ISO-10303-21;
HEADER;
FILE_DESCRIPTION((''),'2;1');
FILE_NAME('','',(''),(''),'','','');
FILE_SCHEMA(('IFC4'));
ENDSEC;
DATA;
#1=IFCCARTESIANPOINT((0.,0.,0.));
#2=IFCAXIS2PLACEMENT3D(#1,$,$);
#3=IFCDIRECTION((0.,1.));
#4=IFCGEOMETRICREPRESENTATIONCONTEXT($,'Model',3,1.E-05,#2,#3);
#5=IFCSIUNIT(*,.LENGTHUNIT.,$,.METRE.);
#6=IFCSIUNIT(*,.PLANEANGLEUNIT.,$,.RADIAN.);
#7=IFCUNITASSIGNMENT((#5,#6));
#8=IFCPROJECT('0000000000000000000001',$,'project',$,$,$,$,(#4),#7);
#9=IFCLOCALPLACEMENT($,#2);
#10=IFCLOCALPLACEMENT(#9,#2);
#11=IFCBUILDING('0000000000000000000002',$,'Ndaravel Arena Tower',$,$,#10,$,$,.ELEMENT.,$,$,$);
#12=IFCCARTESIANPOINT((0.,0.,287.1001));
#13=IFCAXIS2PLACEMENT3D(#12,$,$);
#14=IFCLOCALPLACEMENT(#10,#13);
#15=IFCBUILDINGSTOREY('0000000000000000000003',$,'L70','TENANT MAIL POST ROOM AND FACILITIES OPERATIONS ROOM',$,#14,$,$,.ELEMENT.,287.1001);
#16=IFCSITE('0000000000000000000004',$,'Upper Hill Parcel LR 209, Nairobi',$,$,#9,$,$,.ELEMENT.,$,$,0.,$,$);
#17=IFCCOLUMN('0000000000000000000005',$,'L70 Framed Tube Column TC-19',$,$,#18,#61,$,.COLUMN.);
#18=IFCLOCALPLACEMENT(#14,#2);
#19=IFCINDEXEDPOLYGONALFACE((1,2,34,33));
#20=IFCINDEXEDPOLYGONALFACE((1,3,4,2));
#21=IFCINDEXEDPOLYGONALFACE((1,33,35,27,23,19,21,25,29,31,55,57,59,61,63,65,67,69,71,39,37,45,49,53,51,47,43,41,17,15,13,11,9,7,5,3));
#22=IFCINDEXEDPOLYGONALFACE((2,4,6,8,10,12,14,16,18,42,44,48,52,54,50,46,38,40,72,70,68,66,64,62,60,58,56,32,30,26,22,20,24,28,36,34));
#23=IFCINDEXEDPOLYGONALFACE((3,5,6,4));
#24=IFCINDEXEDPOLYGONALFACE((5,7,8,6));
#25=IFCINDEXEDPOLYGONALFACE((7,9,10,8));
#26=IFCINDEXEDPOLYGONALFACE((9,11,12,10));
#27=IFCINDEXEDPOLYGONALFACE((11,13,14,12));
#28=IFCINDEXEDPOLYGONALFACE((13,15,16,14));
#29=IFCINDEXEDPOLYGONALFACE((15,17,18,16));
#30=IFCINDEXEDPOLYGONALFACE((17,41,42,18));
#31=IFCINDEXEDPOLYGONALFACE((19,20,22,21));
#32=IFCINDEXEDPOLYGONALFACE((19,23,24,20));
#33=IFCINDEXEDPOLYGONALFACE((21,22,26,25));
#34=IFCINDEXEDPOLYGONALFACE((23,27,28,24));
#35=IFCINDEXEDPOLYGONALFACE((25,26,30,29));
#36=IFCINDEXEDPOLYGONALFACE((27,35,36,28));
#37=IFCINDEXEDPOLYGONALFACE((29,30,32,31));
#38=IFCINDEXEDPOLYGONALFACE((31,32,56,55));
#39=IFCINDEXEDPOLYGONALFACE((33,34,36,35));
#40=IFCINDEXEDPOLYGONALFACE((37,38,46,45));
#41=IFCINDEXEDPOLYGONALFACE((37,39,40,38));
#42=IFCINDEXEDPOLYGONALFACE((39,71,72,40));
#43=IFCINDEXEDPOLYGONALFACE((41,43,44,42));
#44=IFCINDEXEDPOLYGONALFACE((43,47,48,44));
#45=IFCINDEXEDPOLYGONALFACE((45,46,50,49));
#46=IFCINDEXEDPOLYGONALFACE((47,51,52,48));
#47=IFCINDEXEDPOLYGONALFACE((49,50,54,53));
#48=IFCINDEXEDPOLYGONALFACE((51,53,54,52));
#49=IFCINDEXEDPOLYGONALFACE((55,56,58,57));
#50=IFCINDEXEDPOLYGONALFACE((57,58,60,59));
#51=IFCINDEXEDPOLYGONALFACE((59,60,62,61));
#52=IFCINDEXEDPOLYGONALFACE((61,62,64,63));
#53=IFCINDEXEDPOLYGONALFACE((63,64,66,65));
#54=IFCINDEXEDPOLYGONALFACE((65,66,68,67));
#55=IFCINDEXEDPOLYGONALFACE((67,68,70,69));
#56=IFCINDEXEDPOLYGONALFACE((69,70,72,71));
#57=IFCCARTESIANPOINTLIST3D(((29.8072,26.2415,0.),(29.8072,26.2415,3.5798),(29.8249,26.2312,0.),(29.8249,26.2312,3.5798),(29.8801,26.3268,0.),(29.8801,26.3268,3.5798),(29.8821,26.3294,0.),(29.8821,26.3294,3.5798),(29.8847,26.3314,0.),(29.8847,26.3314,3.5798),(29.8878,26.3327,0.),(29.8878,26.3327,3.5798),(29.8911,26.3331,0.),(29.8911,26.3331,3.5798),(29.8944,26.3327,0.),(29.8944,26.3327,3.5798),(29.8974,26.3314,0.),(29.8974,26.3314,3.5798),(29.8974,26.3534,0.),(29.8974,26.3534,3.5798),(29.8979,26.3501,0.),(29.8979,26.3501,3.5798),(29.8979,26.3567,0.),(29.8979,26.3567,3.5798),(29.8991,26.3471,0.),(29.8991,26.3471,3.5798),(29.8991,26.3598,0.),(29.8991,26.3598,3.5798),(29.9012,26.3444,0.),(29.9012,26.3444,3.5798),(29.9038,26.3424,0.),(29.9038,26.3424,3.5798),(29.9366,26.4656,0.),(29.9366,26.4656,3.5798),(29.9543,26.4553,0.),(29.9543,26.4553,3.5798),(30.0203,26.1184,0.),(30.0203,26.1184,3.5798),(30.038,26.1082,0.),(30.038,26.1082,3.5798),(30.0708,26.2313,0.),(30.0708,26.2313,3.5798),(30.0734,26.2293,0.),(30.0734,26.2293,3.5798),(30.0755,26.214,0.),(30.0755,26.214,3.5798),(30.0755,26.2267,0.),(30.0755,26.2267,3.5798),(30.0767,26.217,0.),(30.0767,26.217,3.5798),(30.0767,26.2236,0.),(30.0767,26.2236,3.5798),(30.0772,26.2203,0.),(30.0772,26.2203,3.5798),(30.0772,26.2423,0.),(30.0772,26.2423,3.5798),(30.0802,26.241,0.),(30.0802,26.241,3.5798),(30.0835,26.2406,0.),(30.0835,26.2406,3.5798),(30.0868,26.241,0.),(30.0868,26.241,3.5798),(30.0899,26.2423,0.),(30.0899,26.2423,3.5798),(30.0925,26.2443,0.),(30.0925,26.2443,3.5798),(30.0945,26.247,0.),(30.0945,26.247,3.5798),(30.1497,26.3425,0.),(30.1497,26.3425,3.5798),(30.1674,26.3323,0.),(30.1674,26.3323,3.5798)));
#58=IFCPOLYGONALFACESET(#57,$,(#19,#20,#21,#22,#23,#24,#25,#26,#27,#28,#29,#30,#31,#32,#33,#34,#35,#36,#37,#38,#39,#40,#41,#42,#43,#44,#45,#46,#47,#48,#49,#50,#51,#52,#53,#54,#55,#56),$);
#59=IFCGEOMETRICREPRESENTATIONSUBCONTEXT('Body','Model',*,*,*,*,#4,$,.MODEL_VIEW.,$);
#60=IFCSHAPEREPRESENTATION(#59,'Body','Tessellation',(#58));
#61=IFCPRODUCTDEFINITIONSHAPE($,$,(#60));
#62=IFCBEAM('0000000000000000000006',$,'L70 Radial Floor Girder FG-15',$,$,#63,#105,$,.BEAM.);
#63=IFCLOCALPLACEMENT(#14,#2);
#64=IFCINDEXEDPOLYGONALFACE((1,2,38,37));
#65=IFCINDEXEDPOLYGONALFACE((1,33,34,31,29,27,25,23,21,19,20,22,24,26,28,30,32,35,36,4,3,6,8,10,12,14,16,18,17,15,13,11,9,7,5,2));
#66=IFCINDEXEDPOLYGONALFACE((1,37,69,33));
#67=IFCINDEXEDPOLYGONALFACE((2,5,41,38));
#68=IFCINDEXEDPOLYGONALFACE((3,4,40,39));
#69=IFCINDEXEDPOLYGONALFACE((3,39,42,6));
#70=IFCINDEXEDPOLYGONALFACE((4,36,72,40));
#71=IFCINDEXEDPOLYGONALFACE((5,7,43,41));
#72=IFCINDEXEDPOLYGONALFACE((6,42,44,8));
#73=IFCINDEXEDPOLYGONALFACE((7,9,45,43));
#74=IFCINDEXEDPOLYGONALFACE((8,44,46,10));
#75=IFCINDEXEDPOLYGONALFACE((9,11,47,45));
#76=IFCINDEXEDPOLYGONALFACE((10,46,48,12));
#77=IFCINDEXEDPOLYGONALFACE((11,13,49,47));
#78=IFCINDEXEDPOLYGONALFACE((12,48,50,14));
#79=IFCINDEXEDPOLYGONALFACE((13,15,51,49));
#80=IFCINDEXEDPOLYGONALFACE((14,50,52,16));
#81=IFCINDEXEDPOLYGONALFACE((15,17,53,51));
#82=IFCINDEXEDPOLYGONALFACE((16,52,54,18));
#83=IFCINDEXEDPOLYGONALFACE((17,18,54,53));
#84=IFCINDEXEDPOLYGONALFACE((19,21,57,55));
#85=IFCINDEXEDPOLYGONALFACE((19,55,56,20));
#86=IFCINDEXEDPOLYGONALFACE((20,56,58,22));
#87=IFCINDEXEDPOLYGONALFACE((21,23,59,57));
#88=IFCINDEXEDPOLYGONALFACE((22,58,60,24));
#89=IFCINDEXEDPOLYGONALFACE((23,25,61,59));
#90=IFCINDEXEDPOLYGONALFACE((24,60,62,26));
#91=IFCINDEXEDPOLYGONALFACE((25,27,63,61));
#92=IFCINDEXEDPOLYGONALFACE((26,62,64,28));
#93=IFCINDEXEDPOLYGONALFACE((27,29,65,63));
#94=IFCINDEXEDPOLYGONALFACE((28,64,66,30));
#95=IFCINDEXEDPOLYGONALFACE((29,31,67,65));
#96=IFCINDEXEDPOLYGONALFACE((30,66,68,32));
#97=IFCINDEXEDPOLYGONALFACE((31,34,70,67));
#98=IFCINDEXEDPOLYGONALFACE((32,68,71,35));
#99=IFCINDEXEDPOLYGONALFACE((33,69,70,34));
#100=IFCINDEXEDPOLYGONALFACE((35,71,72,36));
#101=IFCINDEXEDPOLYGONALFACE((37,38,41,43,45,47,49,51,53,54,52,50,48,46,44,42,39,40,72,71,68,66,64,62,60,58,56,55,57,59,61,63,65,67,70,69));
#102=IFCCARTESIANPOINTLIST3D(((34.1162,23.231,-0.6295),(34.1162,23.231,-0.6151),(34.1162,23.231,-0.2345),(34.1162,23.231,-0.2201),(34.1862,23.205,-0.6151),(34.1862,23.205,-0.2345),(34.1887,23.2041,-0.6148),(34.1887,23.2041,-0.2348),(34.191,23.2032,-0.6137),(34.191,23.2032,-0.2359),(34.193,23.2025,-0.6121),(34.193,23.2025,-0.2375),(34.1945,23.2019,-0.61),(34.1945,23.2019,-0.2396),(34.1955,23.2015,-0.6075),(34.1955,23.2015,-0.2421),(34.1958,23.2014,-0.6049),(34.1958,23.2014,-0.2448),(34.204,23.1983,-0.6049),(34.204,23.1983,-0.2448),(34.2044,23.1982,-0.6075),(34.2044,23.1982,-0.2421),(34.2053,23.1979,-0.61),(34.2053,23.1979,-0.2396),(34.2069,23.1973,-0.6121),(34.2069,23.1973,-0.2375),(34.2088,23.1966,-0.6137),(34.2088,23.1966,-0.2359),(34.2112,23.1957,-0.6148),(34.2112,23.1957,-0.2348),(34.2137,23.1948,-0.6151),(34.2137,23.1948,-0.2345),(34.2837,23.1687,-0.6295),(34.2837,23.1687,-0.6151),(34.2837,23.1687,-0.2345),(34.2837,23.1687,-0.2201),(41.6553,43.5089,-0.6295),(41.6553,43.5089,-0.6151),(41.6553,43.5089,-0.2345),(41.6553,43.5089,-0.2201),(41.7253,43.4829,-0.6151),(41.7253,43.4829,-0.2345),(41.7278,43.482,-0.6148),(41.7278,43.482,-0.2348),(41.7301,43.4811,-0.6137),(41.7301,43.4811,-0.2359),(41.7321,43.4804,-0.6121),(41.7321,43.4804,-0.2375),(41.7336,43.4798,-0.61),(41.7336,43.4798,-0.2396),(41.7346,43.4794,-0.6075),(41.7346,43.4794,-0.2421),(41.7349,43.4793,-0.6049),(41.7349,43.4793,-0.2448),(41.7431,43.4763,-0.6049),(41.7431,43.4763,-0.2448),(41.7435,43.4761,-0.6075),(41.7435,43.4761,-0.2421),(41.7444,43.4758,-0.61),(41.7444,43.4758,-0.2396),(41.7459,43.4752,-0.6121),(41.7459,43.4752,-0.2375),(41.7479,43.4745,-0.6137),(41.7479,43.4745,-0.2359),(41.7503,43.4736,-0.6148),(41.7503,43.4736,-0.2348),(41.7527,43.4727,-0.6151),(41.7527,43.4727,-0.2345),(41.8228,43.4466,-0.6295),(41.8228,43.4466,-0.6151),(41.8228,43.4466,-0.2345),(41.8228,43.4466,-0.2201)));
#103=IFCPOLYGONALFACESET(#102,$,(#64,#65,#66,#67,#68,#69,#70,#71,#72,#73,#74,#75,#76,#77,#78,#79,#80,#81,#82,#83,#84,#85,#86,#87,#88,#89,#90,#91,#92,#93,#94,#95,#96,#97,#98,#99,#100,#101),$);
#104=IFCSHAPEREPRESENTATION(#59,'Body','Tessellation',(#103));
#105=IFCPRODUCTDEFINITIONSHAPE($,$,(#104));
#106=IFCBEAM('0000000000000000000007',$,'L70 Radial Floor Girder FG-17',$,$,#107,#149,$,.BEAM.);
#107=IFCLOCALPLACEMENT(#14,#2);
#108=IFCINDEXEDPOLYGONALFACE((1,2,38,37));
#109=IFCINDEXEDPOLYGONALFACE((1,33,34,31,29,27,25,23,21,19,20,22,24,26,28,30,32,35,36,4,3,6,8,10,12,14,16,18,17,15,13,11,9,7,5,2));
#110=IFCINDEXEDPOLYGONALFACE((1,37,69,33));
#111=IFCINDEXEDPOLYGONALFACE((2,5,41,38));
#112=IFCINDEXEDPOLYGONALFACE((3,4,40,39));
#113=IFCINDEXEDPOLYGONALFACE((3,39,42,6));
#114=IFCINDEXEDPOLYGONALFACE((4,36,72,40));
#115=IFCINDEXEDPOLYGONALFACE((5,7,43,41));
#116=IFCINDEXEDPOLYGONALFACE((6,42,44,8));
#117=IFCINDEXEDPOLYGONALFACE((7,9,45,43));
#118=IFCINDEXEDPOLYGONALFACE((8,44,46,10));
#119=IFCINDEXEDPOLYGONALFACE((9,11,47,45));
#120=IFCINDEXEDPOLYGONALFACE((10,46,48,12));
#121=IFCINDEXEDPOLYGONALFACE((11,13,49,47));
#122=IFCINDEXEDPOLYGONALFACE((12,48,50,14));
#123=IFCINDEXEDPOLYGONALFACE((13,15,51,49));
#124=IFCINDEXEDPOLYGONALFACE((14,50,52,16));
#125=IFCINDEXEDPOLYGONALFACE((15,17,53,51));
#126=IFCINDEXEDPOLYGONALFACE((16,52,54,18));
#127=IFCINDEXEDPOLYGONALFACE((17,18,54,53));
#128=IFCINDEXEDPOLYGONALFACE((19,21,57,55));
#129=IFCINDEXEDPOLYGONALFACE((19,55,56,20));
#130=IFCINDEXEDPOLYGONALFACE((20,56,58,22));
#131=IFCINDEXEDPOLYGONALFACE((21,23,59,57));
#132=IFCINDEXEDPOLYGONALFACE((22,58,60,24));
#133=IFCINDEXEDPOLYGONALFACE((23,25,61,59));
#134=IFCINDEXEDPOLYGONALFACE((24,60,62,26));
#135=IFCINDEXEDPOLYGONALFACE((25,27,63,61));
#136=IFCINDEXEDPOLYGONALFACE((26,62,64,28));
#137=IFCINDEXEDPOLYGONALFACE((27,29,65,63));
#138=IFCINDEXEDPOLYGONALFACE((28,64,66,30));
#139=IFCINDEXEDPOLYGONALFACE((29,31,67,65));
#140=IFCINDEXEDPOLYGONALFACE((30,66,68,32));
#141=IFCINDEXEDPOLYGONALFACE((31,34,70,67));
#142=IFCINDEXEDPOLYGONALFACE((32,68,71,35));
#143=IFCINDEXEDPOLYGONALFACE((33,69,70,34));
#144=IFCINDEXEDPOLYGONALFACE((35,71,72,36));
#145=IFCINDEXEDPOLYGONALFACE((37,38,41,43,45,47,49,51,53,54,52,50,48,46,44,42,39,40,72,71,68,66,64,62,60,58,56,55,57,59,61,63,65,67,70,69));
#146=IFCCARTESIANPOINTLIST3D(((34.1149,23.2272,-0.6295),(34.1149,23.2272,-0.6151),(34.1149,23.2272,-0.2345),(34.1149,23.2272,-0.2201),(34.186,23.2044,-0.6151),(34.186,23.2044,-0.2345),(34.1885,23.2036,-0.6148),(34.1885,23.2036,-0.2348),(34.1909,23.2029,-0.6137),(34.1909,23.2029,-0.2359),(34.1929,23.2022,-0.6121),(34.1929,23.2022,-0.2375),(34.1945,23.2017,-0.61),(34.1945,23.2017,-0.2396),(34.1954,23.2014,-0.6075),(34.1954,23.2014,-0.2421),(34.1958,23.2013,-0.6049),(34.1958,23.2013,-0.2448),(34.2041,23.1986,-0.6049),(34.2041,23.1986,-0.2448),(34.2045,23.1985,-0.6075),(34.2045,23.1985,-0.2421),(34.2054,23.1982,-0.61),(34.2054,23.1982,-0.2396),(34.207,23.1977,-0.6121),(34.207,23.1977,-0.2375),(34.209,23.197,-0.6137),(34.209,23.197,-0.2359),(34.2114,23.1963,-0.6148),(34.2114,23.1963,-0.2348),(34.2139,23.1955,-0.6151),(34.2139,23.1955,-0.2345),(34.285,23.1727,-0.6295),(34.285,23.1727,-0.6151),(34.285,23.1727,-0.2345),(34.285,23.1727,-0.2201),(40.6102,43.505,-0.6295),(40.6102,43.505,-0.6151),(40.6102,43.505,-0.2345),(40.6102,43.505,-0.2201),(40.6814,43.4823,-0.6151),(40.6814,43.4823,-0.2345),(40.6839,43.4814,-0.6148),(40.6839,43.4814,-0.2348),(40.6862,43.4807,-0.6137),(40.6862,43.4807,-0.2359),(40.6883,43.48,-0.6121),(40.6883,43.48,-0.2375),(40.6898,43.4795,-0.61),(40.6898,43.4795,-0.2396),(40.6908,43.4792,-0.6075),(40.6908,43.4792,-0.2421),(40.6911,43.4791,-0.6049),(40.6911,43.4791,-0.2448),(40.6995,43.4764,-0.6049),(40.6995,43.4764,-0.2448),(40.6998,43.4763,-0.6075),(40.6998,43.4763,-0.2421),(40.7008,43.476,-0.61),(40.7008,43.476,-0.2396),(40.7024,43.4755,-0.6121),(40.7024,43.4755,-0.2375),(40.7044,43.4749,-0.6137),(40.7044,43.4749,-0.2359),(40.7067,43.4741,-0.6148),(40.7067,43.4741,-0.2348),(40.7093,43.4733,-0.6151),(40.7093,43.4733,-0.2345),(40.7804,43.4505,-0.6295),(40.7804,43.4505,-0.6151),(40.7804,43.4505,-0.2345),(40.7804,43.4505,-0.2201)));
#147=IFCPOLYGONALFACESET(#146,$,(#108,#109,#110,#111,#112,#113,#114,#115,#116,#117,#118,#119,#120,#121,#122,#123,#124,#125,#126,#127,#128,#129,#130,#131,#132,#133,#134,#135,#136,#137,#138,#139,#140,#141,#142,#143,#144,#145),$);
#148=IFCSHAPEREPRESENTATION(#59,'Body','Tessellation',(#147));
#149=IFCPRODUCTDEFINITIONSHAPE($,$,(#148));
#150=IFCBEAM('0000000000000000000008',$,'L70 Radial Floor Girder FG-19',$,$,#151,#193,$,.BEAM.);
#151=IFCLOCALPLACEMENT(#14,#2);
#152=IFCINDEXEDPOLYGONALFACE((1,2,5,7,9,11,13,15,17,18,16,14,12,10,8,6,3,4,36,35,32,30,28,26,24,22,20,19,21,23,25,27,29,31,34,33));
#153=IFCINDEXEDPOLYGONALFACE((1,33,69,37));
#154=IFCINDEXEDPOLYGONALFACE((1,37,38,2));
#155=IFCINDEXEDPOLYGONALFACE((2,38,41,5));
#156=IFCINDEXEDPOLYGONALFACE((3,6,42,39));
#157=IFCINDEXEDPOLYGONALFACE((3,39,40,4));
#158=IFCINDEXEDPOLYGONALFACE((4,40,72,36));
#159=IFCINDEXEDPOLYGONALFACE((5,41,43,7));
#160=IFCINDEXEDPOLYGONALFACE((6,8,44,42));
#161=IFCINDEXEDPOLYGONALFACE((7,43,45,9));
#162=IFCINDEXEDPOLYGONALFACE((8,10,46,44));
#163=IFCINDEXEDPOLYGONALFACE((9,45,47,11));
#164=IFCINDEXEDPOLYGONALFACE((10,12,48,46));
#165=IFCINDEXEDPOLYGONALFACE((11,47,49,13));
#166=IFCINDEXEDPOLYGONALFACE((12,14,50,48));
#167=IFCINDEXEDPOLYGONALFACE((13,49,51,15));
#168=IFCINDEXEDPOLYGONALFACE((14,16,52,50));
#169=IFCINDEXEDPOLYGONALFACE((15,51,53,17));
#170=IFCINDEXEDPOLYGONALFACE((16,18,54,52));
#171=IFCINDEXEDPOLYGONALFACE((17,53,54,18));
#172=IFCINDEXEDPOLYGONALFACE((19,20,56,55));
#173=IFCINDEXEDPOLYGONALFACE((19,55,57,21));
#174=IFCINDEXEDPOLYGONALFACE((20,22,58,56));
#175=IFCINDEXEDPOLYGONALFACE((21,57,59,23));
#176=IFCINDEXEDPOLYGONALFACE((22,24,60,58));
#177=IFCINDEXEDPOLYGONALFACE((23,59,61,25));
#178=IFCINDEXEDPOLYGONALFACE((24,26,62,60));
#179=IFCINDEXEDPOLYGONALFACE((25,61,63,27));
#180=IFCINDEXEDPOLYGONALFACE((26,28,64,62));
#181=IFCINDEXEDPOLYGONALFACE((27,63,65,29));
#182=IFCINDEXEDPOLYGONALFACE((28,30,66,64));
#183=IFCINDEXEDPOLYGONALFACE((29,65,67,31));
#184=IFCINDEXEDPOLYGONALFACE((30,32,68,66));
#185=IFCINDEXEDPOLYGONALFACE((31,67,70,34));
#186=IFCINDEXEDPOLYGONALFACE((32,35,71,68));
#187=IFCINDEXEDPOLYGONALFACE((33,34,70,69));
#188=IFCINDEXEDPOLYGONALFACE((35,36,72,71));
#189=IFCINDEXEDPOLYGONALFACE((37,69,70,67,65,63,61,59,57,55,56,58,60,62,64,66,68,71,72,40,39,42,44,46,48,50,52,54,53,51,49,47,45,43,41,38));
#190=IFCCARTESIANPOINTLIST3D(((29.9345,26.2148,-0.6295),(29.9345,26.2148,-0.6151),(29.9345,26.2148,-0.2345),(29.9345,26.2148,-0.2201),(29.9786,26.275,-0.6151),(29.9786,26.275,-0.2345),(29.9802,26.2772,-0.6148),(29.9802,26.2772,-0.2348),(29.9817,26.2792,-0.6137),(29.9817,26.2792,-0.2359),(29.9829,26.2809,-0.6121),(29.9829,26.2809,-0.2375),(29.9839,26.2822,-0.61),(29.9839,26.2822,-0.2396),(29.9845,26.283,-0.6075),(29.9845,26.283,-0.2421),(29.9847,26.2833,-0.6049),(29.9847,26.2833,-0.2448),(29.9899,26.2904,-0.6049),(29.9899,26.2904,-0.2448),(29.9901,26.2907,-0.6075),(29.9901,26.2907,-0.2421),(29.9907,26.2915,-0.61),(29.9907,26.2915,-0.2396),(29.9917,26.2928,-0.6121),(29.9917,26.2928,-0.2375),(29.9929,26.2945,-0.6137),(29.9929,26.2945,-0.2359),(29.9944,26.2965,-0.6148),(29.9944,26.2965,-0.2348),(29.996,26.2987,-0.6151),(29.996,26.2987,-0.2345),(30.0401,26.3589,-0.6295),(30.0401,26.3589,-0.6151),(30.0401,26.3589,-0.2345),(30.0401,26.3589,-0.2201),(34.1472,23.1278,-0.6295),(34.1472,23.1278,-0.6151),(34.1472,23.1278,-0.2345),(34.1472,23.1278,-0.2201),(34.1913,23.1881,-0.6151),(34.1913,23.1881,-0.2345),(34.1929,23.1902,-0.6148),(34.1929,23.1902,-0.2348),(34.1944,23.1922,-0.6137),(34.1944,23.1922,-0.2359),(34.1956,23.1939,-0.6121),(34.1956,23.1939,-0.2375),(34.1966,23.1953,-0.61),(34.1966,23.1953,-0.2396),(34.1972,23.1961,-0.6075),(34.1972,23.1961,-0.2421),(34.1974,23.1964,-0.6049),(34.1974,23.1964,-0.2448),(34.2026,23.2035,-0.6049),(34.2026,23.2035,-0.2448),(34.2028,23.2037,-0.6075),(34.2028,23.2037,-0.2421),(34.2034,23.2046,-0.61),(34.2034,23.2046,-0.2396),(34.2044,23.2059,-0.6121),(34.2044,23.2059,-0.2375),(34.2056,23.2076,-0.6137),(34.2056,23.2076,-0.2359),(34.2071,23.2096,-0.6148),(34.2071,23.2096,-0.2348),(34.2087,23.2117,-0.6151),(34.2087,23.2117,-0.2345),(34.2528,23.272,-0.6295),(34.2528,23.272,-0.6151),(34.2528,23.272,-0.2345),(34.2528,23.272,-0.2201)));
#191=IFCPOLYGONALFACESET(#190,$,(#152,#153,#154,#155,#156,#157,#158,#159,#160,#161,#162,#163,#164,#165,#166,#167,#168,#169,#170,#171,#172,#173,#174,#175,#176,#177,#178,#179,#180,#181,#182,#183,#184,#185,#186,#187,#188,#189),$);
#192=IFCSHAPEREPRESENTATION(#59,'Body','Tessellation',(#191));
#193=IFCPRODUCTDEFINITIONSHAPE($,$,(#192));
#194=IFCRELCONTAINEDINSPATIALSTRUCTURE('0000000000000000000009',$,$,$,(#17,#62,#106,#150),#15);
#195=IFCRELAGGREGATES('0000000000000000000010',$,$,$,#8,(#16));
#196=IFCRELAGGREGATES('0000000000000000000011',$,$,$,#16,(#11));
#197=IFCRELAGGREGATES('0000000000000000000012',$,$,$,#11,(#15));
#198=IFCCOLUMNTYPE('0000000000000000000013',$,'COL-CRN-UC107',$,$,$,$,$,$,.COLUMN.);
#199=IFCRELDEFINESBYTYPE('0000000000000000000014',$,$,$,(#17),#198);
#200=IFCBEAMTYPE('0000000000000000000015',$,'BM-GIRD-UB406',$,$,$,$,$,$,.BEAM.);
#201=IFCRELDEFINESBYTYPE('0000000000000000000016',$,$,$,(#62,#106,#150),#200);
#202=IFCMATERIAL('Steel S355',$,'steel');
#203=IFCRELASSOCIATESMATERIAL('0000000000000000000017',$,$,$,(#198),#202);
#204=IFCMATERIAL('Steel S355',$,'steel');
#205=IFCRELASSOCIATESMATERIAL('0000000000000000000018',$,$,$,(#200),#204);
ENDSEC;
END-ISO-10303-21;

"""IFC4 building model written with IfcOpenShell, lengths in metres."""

from ifc_helpers import new_model, si_unit, direction, frame, origin, origin_2d, place, context, subcontext, project, spatial, i_section, extrude, material, material_profile, profile_set, type_object, element, save


model = new_model("IFC4")

# Units and contexts
model_context = context("Model", 3, precision=1e-05, world=origin(), true_north=direction((0.0, 1.0)))
body_context = subcontext(model_context, "Body", "Model", "MODEL_VIEW")
ifc_project = project(units=[si_unit("LENGTHUNIT", "METRE"), si_unit("PLANEANGLEUNIT", "RADIAN")], contexts=[model_context])

# Site, building, storey
site_placement = place(None, origin())
site = spatial("IfcSite", under=ifc_project, at=site_placement, Name="Upper Hill Parcel LR 209, Nairobi", CompositionType="ELEMENT", RefElevation=0.0)
building_placement = place(site_placement, origin())
building = spatial("IfcBuilding", under=site, at=building_placement, Name="Ndaravel Arena Tower", CompositionType="ELEMENT")
storey_placement = place(building_placement, frame((0.0, 0.0, 287.1001)))
storey = spatial("IfcBuildingStorey", under=building, at=storey_placement, Name="L70", Description="TENANT MAIL POST ROOM AND FACILITIES OPERATIONS ROOM", CompositionType="ELEMENT", Elevation=287.1001)

# Column
ifc_material_1 = material(Name="Steel S355", Category="steel")
ifc_material_profile_1 = material_profile(ifc_material_1, i_section(OverallWidth=0.2588, OverallDepth=0.2666, WebThickness=0.0127, FlangeThickness=0.0205, FilletRadius=0.0127, at=origin_2d()), Name="UC 254x254x107")
ifc_profile_set_1 = profile_set([ifc_material_profile_1], Name="Steel S355")
column_type = type_object("IfcColumnType", Name="COL-CRN-UC107", PredefinedType="COLUMN", material=ifc_profile_set_1)
for number, where, z_axis, x_axis, name in (
    (1, (29.9873, 26.2869, 0.0), (0.0, 0.0, 1.0), (0.5, 0.866025, 0.0), "L70 Framed Tube Column TC-19"),
):
    element("IfcColumn", number, at=place(storey_placement, frame(where, z_axis=z_axis, x_axis=x_axis)), inside=storey, type_object=column_type, Name=name, PredefinedType="COLUMN", context=body_context, shape_type="SweptSolid", body=[
        extrude(i_section(OverallWidth=0.2588, OverallDepth=0.2666, WebThickness=0.0127, FlangeThickness=0.0205, FilletRadius=0.0127, at=origin_2d()), origin(), (0.0, 0.0, 1.0), 3.5798),
    ])

# Beams
ifc_material_2 = material(Name="Steel S355", Category="steel")
ifc_material_profile_2 = material_profile(ifc_material_2, i_section(OverallWidth=0.1787, OverallDepth=0.4094, WebThickness=0.0088, FlangeThickness=0.0144, FilletRadius=0.0103, at=origin_2d()), Name="UB 406x178x67")
ifc_profile_set_2 = profile_set([ifc_material_profile_2], Name="Steel S355")
beam_type_1 = type_object("IfcBeamType", Name="BM-GIRD-UB406", PredefinedType="BEAM", material=ifc_profile_set_2)
beam_1_placement = place(storey_placement, frame((41.739, 43.4778, -0.4248), z_axis=(-0.348483, -0.937315, 0.0), x_axis=(0.937315, -0.348483, 0.0)))
element("IfcBeam", 2, at=beam_1_placement, inside=storey, type_object=beam_type_1, Name="L70 Radial Floor Girder FG-15", PredefinedType="BEAM", context=body_context, shape_type="SweptSolid", body=[
    extrude(i_section(OverallWidth=0.1787, OverallDepth=0.4094, WebThickness=0.0088, FlangeThickness=0.0144, FilletRadius=0.0103, at=origin_2d()), origin(), (0.0, 0.0, 1.0), 21.634),
])
beam_2_placement = place(storey_placement, frame((40.6953, 43.4778, -0.4248), z_axis=(-0.305051, -0.952336, 0.0), x_axis=(0.952336, -0.305051, 0.0)))
element("IfcBeam", 3, at=beam_2_placement, inside=storey, type_object=beam_type_1, Name="L70 Radial Floor Girder FG-17", PredefinedType="BEAM", context=body_context, shape_type="SweptSolid", body=[
    extrude(i_section(OverallWidth=0.1787, OverallDepth=0.4094, WebThickness=0.0088, FlangeThickness=0.0144, FilletRadius=0.0103, at=origin_2d()), origin(), (0.0, 0.0, 1.0), 21.2927),
])
beam_3_placement = place(storey_placement, frame((29.9873, 26.2869, -0.4248), z_axis=(0.80662, -0.59107, 0.0), x_axis=(0.59107, 0.80662, 0.0)))
element("IfcBeam", 4, at=beam_3_placement, inside=storey, type_object=beam_type_1, Name="L70 Radial Floor Girder FG-19", PredefinedType="BEAM", context=body_context, shape_type="SweptSolid", body=[
    extrude(i_section(OverallWidth=0.1787, OverallDepth=0.4094, WebThickness=0.0088, FlangeThickness=0.0144, FilletRadius=0.0103, at=origin_2d()), origin(), (0.0, 0.0, 1.0), 5.2227),
])

save(model, "model.ifc")
